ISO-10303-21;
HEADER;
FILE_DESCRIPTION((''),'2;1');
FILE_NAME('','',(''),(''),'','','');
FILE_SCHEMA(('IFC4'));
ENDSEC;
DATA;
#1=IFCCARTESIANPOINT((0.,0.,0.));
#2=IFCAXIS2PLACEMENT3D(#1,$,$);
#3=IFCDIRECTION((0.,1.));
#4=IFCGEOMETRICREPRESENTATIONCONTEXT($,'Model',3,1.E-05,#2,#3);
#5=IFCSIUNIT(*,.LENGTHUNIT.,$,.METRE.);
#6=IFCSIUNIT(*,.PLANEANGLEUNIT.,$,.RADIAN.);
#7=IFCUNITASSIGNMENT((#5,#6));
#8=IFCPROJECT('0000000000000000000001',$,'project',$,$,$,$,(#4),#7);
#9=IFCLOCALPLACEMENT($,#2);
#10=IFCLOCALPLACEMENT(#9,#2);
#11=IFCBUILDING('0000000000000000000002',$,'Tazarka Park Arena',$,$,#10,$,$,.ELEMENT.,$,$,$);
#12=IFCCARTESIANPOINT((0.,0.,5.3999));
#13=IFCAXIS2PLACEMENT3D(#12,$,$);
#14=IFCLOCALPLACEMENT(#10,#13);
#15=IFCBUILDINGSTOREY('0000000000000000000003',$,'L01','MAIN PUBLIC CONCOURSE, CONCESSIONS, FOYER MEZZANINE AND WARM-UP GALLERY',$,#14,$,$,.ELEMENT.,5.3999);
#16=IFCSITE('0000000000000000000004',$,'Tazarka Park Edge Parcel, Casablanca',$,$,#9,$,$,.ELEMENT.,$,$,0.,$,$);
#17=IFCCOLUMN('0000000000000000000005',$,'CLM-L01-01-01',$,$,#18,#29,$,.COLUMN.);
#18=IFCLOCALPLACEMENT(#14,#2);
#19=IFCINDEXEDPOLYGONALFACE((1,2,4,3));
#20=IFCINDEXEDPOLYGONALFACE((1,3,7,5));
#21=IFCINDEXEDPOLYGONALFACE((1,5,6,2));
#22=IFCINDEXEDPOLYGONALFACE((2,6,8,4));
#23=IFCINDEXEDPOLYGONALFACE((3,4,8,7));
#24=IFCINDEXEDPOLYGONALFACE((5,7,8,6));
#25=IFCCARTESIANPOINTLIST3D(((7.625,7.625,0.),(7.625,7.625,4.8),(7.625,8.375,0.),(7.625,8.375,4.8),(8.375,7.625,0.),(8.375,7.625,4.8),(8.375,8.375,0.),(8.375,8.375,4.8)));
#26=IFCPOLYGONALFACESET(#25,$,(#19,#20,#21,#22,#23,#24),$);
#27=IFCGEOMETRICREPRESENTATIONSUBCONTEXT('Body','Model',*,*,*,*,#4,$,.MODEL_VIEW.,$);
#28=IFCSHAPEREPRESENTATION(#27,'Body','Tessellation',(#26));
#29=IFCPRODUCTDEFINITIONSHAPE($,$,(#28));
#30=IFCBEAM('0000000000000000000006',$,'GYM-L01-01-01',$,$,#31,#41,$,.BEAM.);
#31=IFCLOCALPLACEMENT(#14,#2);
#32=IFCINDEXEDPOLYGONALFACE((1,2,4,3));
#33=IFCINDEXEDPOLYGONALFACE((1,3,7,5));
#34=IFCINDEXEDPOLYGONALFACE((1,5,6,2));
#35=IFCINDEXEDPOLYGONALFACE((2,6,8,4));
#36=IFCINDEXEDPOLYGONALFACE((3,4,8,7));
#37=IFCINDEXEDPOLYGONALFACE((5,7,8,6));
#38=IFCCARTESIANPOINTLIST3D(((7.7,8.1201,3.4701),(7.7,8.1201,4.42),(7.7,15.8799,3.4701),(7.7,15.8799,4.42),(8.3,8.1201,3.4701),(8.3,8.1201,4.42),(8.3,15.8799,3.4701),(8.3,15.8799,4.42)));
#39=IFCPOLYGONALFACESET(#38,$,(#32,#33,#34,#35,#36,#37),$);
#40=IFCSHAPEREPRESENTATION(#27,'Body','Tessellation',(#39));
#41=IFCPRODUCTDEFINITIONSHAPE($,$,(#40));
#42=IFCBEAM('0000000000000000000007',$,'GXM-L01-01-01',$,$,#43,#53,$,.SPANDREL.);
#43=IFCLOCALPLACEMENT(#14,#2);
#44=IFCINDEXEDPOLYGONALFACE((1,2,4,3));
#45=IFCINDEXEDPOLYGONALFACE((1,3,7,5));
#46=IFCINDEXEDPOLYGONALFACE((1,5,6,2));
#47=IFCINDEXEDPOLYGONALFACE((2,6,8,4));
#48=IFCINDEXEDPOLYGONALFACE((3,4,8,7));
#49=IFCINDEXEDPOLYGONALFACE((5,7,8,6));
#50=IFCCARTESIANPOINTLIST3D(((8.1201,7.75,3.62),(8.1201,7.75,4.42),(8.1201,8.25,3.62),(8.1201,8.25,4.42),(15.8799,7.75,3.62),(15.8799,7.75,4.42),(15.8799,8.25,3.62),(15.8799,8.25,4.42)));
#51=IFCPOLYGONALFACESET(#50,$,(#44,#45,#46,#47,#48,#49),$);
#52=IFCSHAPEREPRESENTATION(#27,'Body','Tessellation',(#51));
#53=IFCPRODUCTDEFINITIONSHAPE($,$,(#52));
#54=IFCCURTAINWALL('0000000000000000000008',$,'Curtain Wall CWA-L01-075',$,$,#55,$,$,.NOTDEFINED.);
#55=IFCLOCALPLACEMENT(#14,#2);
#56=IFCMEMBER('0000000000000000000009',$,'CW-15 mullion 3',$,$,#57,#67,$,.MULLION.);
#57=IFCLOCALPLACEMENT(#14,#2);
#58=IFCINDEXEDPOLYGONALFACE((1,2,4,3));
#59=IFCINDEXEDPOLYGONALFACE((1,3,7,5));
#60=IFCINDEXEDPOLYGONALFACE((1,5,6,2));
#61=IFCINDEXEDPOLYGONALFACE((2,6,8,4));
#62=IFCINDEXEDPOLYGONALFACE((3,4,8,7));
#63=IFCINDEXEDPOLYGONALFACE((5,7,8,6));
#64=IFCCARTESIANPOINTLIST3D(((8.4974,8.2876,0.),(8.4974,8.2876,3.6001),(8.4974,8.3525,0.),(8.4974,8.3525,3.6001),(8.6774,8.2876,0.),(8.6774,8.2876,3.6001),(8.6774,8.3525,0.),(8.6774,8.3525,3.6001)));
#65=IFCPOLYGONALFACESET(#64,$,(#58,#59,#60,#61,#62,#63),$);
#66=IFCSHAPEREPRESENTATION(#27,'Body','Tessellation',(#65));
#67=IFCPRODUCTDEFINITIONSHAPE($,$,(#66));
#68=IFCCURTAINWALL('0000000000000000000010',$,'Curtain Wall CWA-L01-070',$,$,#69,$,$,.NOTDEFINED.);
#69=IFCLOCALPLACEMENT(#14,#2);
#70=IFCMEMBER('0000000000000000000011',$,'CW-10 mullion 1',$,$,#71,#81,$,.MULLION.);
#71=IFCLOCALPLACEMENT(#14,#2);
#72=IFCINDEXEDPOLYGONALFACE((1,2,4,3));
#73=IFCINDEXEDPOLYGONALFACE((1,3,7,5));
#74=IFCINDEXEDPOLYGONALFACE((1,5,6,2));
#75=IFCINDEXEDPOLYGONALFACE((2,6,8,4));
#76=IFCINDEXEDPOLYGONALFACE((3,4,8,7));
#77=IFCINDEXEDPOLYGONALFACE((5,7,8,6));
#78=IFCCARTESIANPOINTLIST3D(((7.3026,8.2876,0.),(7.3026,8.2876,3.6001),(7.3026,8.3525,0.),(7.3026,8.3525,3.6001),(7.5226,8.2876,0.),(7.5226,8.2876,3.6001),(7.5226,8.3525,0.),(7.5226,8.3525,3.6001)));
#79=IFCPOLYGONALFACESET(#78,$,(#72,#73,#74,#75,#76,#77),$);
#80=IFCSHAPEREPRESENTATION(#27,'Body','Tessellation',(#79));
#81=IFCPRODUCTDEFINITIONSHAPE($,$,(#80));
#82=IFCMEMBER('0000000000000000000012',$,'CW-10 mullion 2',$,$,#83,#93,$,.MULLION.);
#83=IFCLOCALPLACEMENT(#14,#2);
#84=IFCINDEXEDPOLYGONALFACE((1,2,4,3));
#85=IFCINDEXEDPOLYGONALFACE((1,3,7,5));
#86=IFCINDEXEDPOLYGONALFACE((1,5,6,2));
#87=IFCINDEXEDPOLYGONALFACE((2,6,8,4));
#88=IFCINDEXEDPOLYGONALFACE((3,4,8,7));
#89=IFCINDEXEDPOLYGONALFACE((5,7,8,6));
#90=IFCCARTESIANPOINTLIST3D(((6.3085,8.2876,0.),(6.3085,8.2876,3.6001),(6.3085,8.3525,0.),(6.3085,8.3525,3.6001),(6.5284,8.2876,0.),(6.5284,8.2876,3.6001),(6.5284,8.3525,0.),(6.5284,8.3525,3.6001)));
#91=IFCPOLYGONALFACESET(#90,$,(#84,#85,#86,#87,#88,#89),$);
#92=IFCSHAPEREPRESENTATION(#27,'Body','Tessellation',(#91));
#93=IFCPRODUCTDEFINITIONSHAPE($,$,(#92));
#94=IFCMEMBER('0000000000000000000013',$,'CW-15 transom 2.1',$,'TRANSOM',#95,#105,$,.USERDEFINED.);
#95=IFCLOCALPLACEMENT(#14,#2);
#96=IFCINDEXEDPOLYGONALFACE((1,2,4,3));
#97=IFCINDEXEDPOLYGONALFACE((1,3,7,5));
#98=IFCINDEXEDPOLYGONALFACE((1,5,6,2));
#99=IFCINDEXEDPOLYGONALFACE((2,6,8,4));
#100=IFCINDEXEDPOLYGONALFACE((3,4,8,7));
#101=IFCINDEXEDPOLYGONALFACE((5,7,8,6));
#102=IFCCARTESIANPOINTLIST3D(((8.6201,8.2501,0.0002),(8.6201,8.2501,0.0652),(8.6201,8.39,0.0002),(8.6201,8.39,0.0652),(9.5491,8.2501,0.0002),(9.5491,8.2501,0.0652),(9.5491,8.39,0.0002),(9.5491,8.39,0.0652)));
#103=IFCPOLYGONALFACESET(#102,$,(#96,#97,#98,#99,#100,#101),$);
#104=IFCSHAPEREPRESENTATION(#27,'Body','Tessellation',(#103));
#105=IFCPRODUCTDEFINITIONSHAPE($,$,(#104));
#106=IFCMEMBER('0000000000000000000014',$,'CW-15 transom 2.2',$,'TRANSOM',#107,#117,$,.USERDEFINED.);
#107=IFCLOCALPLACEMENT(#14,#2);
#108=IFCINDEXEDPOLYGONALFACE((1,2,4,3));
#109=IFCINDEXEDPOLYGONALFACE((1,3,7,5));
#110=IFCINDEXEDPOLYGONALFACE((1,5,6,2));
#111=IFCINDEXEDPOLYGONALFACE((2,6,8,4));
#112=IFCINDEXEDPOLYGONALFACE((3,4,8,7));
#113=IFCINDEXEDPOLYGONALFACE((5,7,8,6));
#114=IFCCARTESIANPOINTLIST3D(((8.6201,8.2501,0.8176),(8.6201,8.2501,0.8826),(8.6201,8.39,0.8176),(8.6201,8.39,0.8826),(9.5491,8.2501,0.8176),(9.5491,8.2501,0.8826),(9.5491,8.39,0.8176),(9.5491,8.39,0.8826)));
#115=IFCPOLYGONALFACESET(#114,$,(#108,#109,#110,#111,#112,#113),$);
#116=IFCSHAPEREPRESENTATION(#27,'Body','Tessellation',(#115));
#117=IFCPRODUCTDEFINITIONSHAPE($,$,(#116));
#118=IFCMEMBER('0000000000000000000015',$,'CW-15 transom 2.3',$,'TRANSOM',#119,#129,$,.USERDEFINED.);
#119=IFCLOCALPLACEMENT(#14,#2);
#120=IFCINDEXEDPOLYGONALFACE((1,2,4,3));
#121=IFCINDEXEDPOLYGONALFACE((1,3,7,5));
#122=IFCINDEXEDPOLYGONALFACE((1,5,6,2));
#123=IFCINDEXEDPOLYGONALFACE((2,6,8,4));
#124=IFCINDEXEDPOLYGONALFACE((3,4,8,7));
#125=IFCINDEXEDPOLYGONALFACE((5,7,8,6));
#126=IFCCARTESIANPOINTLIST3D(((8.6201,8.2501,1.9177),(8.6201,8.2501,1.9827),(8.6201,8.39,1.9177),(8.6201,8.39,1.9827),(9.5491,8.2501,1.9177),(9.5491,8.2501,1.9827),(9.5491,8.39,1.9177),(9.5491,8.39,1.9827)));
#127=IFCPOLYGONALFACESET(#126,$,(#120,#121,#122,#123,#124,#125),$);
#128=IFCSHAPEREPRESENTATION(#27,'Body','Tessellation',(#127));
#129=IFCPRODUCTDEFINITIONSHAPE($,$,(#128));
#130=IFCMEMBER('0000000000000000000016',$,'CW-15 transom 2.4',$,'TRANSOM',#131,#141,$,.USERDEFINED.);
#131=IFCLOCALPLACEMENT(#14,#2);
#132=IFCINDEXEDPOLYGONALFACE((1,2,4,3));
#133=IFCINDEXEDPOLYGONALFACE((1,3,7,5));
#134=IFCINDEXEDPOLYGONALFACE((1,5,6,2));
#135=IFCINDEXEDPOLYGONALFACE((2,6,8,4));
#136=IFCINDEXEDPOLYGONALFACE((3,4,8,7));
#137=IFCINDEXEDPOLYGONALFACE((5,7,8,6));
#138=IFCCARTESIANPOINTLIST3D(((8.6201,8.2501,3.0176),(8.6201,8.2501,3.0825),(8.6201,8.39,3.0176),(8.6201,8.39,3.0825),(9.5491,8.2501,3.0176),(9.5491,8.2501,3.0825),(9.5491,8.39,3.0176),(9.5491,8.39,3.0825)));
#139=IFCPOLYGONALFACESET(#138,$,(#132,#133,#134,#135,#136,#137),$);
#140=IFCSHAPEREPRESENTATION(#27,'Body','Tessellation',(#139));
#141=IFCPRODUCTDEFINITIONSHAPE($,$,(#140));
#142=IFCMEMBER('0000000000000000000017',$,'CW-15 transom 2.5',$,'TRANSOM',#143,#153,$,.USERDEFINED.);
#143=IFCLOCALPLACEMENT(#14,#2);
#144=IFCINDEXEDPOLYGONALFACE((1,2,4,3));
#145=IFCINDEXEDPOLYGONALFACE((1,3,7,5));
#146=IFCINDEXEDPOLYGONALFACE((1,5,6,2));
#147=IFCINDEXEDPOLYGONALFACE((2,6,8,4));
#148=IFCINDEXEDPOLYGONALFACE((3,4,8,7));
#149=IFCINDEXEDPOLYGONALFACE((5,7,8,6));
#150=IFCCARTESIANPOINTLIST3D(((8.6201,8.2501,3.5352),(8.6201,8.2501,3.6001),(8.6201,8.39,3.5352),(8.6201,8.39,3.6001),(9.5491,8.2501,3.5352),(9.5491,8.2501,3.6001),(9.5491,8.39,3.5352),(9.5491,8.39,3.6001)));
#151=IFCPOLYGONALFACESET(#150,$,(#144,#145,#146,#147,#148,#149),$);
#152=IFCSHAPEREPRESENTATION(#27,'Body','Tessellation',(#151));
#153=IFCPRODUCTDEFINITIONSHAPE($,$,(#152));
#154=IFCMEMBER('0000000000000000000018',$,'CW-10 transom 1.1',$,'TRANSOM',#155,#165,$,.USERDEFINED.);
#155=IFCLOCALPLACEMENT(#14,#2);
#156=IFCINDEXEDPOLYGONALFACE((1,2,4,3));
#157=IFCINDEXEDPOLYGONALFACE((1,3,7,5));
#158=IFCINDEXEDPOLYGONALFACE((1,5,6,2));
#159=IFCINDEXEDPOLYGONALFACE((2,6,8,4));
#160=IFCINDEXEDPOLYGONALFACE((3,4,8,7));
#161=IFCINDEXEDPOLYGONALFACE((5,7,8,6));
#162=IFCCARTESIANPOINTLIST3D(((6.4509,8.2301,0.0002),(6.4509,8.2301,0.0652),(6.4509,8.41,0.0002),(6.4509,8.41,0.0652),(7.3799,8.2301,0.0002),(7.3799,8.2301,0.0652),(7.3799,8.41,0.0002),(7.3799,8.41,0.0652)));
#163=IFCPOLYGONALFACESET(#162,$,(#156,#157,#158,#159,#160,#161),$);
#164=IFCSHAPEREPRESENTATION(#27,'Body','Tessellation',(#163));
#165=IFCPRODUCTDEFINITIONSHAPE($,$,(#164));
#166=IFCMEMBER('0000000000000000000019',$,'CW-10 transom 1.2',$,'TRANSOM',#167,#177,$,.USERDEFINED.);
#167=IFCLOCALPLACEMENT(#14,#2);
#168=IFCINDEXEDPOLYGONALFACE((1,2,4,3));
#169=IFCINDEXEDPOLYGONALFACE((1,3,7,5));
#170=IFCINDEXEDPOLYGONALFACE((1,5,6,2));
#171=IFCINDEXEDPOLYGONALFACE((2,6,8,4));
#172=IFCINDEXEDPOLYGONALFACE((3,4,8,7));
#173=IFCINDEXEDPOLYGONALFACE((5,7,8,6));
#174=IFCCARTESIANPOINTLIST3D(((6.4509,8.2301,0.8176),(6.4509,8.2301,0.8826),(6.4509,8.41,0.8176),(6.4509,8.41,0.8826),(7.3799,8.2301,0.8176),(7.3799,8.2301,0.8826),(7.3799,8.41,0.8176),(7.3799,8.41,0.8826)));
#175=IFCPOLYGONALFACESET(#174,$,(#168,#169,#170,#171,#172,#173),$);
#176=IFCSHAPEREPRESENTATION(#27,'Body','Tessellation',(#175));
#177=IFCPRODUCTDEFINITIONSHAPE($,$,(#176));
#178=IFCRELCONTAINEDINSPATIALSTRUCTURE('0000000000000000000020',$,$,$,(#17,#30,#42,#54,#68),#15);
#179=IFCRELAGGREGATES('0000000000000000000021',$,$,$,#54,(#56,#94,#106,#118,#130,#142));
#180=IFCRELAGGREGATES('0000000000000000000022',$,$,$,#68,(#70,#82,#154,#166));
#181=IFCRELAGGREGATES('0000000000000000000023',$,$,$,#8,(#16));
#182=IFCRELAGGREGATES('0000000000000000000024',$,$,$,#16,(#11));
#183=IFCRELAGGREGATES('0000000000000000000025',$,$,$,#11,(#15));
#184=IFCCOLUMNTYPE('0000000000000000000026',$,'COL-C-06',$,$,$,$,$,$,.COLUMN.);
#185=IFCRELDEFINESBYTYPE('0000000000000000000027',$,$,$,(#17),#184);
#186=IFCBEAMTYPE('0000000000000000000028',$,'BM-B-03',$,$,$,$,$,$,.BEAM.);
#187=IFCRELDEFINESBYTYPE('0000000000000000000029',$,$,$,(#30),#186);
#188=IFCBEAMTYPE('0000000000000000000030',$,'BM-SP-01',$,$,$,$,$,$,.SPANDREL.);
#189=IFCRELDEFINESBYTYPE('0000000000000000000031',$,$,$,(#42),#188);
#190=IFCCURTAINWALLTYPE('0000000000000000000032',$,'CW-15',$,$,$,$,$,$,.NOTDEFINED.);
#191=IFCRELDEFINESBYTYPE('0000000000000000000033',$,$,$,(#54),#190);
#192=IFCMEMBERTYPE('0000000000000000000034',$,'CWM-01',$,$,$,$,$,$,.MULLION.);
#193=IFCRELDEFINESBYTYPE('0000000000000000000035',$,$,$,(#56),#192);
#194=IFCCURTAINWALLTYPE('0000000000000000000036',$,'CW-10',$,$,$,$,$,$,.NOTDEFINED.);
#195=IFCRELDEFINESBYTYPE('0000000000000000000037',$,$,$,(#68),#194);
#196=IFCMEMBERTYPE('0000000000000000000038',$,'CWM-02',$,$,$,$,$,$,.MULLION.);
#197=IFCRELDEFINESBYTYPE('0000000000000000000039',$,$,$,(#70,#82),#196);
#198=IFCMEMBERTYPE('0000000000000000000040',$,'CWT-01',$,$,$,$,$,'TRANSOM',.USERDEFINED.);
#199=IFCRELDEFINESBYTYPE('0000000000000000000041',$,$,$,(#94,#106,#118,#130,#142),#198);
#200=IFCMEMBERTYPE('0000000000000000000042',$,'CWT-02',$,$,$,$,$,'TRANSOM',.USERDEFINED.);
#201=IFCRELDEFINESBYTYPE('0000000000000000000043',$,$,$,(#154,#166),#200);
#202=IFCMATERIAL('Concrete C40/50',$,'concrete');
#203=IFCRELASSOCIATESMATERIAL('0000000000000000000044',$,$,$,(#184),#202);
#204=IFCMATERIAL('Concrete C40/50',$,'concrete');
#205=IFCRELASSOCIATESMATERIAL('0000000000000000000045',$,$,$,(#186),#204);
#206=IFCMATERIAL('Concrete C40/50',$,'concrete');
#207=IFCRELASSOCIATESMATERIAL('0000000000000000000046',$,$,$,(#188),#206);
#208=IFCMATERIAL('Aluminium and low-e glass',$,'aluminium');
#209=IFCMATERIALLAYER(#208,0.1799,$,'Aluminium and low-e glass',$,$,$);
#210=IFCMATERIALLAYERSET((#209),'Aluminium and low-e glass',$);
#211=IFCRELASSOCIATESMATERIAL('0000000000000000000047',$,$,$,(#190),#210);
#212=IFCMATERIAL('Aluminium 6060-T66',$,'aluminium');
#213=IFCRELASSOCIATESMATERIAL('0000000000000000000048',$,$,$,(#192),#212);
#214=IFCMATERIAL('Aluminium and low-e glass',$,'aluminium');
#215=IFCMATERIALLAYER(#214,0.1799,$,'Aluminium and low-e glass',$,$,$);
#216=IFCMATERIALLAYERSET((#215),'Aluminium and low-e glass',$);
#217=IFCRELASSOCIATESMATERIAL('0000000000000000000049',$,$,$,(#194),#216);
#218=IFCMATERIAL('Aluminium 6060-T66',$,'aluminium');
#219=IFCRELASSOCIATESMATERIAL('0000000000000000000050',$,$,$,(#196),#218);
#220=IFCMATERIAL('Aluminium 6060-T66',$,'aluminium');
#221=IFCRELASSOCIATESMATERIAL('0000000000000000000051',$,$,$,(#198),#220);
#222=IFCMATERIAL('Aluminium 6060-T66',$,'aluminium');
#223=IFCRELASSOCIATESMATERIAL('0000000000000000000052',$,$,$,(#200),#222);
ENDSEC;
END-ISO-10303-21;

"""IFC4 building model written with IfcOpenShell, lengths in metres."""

from ifc_helpers import new_model, si_unit, direction, frame, origin, origin_2d, place, context, subcontext, project, spatial, rectangle, extrude, material, layer, layer_set, material_profile, profile_set, type_object, element, aggregate, save


model = new_model("IFC4")

# Units and contexts
model_context = context("Model", 3, precision=1e-05, world=origin(), true_north=direction((0.0, 1.0)))
body_context = subcontext(model_context, "Body", "Model", "MODEL_VIEW")
ifc_project = project(units=[si_unit("LENGTHUNIT", "METRE"), si_unit("PLANEANGLEUNIT", "RADIAN")], contexts=[model_context])

# Site, building, storey
site_placement = place(None, origin())
site = spatial("IfcSite", under=ifc_project, at=site_placement, Name="Tazarka Park Edge Parcel, Casablanca", CompositionType="ELEMENT", RefElevation=0.0)
building_placement = place(site_placement, origin())
building = spatial("IfcBuilding", under=site, at=building_placement, Name="Tazarka Park Arena", CompositionType="ELEMENT")
storey_placement = place(building_placement, frame((0.0, 0.0, 5.3999)))
storey = spatial("IfcBuildingStorey", under=building, at=storey_placement, Name="L01", Description="MAIN PUBLIC CONCOURSE, CONCESSIONS, FOYER MEZZANINE AND WARM-UP GALLERY", CompositionType="ELEMENT", Elevation=5.3999)

# Column
ifc_material_1 = material(Name="Concrete C40/50", Category="concrete")
ifc_material_profile_1 = material_profile(ifc_material_1, rectangle(XDim=0.75, YDim=0.75, at=origin_2d()), Name="Concrete C40/50")
ifc_profile_set_1 = profile_set([ifc_material_profile_1], Name="Concrete C40/50")
column_type = type_object("IfcColumnType", Name="COL-C-06", PredefinedType="COLUMN", material=ifc_profile_set_1)
column_placement = place(storey_placement, frame((8.0, 8.0, 0.0), z_axis=(0.0, 0.0, 1.0), x_axis=(1.0, 0.0, 0.0)))
element("IfcColumn", 1, at=column_placement, inside=storey, type_object=column_type, Name="CLM-L01-01-01", PredefinedType="COLUMN", context=body_context, shape_type="SweptSolid", body=[
    extrude(rectangle(XDim=0.75, YDim=0.75, at=origin_2d()), origin(), (0.0, 0.0, 1.0), 4.8),
])

# Beams
ifc_material_2 = material(Name="Concrete C40/50", Category="concrete")
ifc_material_profile_2 = material_profile(ifc_material_2, rectangle(XDim=0.6001, YDim=0.95, at=origin_2d()), Name="Concrete C40/50")
ifc_profile_set_2 = profile_set([ifc_material_profile_2], Name="Concrete C40/50")
beam_type_1 = type_object("IfcBeamType", Name="BM-B-03", PredefinedType="BEAM", material=ifc_profile_set_2)
beam_1_placement = place(storey_placement, frame((8.0, 8.1201, 3.9451), z_axis=(0.0, 1.0, 0.0), x_axis=(-1.0, 0.0, 0.0)))
element("IfcBeam", 2, at=beam_1_placement, inside=storey, type_object=beam_type_1, Name="GYM-L01-01-01", PredefinedType="BEAM", context=body_context, shape_type="SweptSolid", body=[
    extrude(rectangle(XDim=0.6001, YDim=0.95, at=origin_2d()), origin(), (0.0, 0.0, 1.0), 7.7598),
])
ifc_material_3 = material(Name="Concrete C40/50", Category="concrete")
ifc_material_profile_3 = material_profile(ifc_material_3, rectangle(XDim=0.5, YDim=0.8, at=origin_2d()), Name="Concrete C40/50")
ifc_profile_set_3 = profile_set([ifc_material_profile_3], Name="Concrete C40/50")
beam_type_2 = type_object("IfcBeamType", Name="BM-SP-01", PredefinedType="SPANDREL", material=ifc_profile_set_3)
beam_2_placement = place(storey_placement, frame((8.1201, 8.0, 4.02), z_axis=(1.0, 0.0, 0.0), x_axis=(0.0, 1.0, 0.0)))
element("IfcBeam", 3, at=beam_2_placement, inside=storey, type_object=beam_type_2, Name="GXM-L01-01-01", PredefinedType="SPANDREL", context=body_context, shape_type="SweptSolid", body=[
    extrude(rectangle(XDim=0.5, YDim=0.8, at=origin_2d()), origin(), (0.0, 0.0, 1.0), 7.7598),
])

# Curtain wall, member
ifc_material_4 = material(Name="Aluminium and low-e glass", Category="aluminium")
ifc_layer_1 = layer(ifc_material_4, 0.1799, Name="Aluminium and low-e glass")
ifc_layer_set_1 = layer_set([ifc_layer_1], Name="Aluminium and low-e glass")
curtain_wall_type_1 = type_object("IfcCurtainWallType", Name="CW-15", PredefinedType="NOTDEFINED", material=ifc_layer_set_1)
curtain_wall_1_placement = place(storey_placement, origin())
curtain_wall_1 = element("IfcCurtainWall", 4, at=curtain_wall_1_placement, inside=storey, type_object=curtain_wall_type_1, Name="Curtain Wall CWA-L01-075", PredefinedType="NOTDEFINED")
ifc_material_5 = material(Name="Aluminium 6060-T66", Category="aluminium")
ifc_material_profile_4 = material_profile(ifc_material_5, rectangle(XDim=0.0649, YDim=0.1799, at=origin_2d()), Name="Aluminium 6060-T66")
ifc_profile_set_4 = profile_set([ifc_material_profile_4], Name="Aluminium 6060-T66")
member_type_1 = type_object("IfcMemberType", Name="CWM-01", PredefinedType="MULLION", material=ifc_profile_set_4)
member_1_placement = place(storey_placement, frame((8.5874, 8.3201, 0.0), z_axis=(0.0, 0.0, 1.0), x_axis=(0.0, -1.0, 0.0)))
member_1 = element("IfcMember", 5, at=member_1_placement, type_object=member_type_1, Name="CW-15 mullion 3", PredefinedType="MULLION", context=body_context, shape_type="SweptSolid", body=[
    extrude(rectangle(XDim=0.0649, YDim=0.1799, at=origin_2d()), origin(), (0.0, 0.0, 1.0), 3.6001),
])

# Curtain wall, members
ifc_material_6 = material(Name="Aluminium and low-e glass", Category="aluminium")
ifc_layer_2 = layer(ifc_material_6, 0.1799, Name="Aluminium and low-e glass")
ifc_layer_set_2 = layer_set([ifc_layer_2], Name="Aluminium and low-e glass")
curtain_wall_type_2 = type_object("IfcCurtainWallType", Name="CW-10", PredefinedType="NOTDEFINED", material=ifc_layer_set_2)
curtain_wall_2_placement = place(storey_placement, origin())
curtain_wall_2 = element("IfcCurtainWall", 6, at=curtain_wall_2_placement, inside=storey, type_object=curtain_wall_type_2, Name="Curtain Wall CWA-L01-070", PredefinedType="NOTDEFINED")
ifc_material_7 = material(Name="Aluminium 6060-T66", Category="aluminium")
ifc_material_profile_5 = material_profile(ifc_material_7, rectangle(XDim=0.0649, YDim=0.22, at=origin_2d()), Name="Aluminium 6060-T66")
ifc_profile_set_5 = profile_set([ifc_material_profile_5], Name="Aluminium 6060-T66")
member_type_2 = type_object("IfcMemberType", Name="CWM-02", PredefinedType="MULLION", material=ifc_profile_set_5)
member_2_placement = place(storey_placement, frame((7.4126, 8.3201, 0.0), z_axis=(0.0, 0.0, 1.0), x_axis=(0.0, -1.0, 0.0)))
member_2 = element("IfcMember", 7, at=member_2_placement, type_object=member_type_2, Name="CW-10 mullion 1", PredefinedType="MULLION", context=body_context, shape_type="SweptSolid", body=[
    extrude(rectangle(XDim=0.0649, YDim=0.22, at=origin_2d()), origin(), (0.0, 0.0, 1.0), 3.6001),
])
member_3_placement = place(storey_placement, frame((6.4185, 8.3201, 0.0), z_axis=(0.0, 0.0, 1.0), x_axis=(0.0, -1.0, 0.0)))
member_3 = element("IfcMember", 8, at=member_3_placement, type_object=member_type_2, Name="CW-10 mullion 2", PredefinedType="MULLION", context=body_context, shape_type="SweptSolid", body=[
    extrude(rectangle(XDim=0.0649, YDim=0.22, at=origin_2d()), origin(), (0.0, 0.0, 1.0), 3.6001),
])

# Members
ifc_material_8 = material(Name="Aluminium 6060-T66", Category="aluminium")
ifc_material_profile_6 = material_profile(ifc_material_8, rectangle(XDim=0.1399, YDim=0.0649, at=origin_2d()), Name="Aluminium 6060-T66")
ifc_profile_set_6 = profile_set([ifc_material_profile_6], Name="Aluminium 6060-T66")
member_type_3 = type_object("IfcMemberType", Name="CWT-01", ElementType="TRANSOM", PredefinedType="USERDEFINED", material=ifc_profile_set_6)
member_4_placement = place(storey_placement, frame((9.5491, 8.3201, 0.0327), z_axis=(-1.0, 0.0, 0.0), x_axis=(0.0, -1.0, 0.0)))
member_4 = element("IfcMember", 9, at=member_4_placement, type_object=member_type_3, Name="CW-15 transom 2.1", ObjectType="TRANSOM", PredefinedType="USERDEFINED", context=body_context, shape_type="SweptSolid", body=[
    extrude(rectangle(XDim=0.1399, YDim=0.0649, at=origin_2d()), origin(), (0.0, 0.0, 1.0), 0.929),
])
member_5_placement = place(storey_placement, frame((9.5491, 8.3201, 0.8501), z_axis=(-1.0, 0.0, 0.0), x_axis=(0.0, -1.0, 0.0)))
member_5 = element("IfcMember", 10, at=member_5_placement, type_object=member_type_3, Name="CW-15 transom 2.2", ObjectType="TRANSOM", PredefinedType="USERDEFINED", context=body_context, shape_type="SweptSolid", body=[
    extrude(rectangle(XDim=0.1399, YDim=0.0649, at=origin_2d()), origin(), (0.0, 0.0, 1.0), 0.929),
])
member_6_placement = place(storey_placement, frame((9.5491, 8.3201, 1.9502), z_axis=(-1.0, 0.0, 0.0), x_axis=(0.0, -1.0, 0.0)))
member_6 = element("IfcMember", 11, at=member_6_placement, type_object=member_type_3, Name="CW-15 transom 2.3", ObjectType="TRANSOM", PredefinedType="USERDEFINED", context=body_context, shape_type="SweptSolid", body=[
    extrude(rectangle(XDim=0.1399, YDim=0.0649, at=origin_2d()), origin(), (0.0, 0.0, 1.0), 0.929),
])
member_7_placement = place(storey_placement, frame((9.5491, 8.3201, 3.05), z_axis=(-1.0, 0.0, 0.0), x_axis=(0.0, -1.0, 0.0)))
member_7 = element("IfcMember", 12, at=member_7_placement, type_object=member_type_3, Name="CW-15 transom 2.4", ObjectType="TRANSOM", PredefinedType="USERDEFINED", context=body_context, shape_type="SweptSolid", body=[
    extrude(rectangle(XDim=0.1399, YDim=0.0649, at=origin_2d()), origin(), (0.0, 0.0, 1.0), 0.929),
])
member_8_placement = place(storey_placement, frame((9.5491, 8.3201, 3.5676), z_axis=(-1.0, 0.0, 0.0), x_axis=(0.0, -1.0, 0.0)))
member_8 = element("IfcMember", 13, at=member_8_placement, type_object=member_type_3, Name="CW-15 transom 2.5", ObjectType="TRANSOM", PredefinedType="USERDEFINED", context=body_context, shape_type="SweptSolid", body=[
    extrude(rectangle(XDim=0.1399, YDim=0.0649, at=origin_2d()), origin(), (0.0, 0.0, 1.0), 0.929),
])
ifc_material_9 = material(Name="Aluminium 6060-T66", Category="aluminium")
ifc_material_profile_7 = material_profile(ifc_material_9, rectangle(XDim=0.1799, YDim=0.0649, at=origin_2d()), Name="Aluminium 6060-T66")
ifc_profile_set_7 = profile_set([ifc_material_profile_7], Name="Aluminium 6060-T66")
member_type_4 = type_object("IfcMemberType", Name="CWT-02", ElementType="TRANSOM", PredefinedType="USERDEFINED", material=ifc_profile_set_7)
member_9_placement = place(storey_placement, frame((7.3799, 8.3201, 0.0327), z_axis=(-1.0, 0.0, 0.0), x_axis=(0.0, -1.0, 0.0)))
member_9 = element("IfcMember", 14, at=member_9_placement, type_object=member_type_4, Name="CW-10 transom 1.1", ObjectType="TRANSOM", PredefinedType="USERDEFINED", context=body_context, shape_type="SweptSolid", body=[
    extrude(rectangle(XDim=0.1799, YDim=0.0649, at=origin_2d()), origin(), (0.0, 0.0, 1.0), 0.929),
])
member_10_placement = place(storey_placement, frame((7.3799, 8.3201, 0.8501), z_axis=(-1.0, 0.0, 0.0), x_axis=(0.0, -1.0, 0.0)))
member_10 = element("IfcMember", 15, at=member_10_placement, type_object=member_type_4, Name="CW-10 transom 1.2", ObjectType="TRANSOM", PredefinedType="USERDEFINED", context=body_context, shape_type="SweptSolid", body=[
    extrude(rectangle(XDim=0.1799, YDim=0.0649, at=origin_2d()), origin(), (0.0, 0.0, 1.0), 0.929),
])

aggregate(curtain_wall_1, [member_1, member_4, member_5, member_6, member_7, member_8])
aggregate(curtain_wall_2, [member_2, member_3, member_9, member_10])

save(model, "model.ifc")
